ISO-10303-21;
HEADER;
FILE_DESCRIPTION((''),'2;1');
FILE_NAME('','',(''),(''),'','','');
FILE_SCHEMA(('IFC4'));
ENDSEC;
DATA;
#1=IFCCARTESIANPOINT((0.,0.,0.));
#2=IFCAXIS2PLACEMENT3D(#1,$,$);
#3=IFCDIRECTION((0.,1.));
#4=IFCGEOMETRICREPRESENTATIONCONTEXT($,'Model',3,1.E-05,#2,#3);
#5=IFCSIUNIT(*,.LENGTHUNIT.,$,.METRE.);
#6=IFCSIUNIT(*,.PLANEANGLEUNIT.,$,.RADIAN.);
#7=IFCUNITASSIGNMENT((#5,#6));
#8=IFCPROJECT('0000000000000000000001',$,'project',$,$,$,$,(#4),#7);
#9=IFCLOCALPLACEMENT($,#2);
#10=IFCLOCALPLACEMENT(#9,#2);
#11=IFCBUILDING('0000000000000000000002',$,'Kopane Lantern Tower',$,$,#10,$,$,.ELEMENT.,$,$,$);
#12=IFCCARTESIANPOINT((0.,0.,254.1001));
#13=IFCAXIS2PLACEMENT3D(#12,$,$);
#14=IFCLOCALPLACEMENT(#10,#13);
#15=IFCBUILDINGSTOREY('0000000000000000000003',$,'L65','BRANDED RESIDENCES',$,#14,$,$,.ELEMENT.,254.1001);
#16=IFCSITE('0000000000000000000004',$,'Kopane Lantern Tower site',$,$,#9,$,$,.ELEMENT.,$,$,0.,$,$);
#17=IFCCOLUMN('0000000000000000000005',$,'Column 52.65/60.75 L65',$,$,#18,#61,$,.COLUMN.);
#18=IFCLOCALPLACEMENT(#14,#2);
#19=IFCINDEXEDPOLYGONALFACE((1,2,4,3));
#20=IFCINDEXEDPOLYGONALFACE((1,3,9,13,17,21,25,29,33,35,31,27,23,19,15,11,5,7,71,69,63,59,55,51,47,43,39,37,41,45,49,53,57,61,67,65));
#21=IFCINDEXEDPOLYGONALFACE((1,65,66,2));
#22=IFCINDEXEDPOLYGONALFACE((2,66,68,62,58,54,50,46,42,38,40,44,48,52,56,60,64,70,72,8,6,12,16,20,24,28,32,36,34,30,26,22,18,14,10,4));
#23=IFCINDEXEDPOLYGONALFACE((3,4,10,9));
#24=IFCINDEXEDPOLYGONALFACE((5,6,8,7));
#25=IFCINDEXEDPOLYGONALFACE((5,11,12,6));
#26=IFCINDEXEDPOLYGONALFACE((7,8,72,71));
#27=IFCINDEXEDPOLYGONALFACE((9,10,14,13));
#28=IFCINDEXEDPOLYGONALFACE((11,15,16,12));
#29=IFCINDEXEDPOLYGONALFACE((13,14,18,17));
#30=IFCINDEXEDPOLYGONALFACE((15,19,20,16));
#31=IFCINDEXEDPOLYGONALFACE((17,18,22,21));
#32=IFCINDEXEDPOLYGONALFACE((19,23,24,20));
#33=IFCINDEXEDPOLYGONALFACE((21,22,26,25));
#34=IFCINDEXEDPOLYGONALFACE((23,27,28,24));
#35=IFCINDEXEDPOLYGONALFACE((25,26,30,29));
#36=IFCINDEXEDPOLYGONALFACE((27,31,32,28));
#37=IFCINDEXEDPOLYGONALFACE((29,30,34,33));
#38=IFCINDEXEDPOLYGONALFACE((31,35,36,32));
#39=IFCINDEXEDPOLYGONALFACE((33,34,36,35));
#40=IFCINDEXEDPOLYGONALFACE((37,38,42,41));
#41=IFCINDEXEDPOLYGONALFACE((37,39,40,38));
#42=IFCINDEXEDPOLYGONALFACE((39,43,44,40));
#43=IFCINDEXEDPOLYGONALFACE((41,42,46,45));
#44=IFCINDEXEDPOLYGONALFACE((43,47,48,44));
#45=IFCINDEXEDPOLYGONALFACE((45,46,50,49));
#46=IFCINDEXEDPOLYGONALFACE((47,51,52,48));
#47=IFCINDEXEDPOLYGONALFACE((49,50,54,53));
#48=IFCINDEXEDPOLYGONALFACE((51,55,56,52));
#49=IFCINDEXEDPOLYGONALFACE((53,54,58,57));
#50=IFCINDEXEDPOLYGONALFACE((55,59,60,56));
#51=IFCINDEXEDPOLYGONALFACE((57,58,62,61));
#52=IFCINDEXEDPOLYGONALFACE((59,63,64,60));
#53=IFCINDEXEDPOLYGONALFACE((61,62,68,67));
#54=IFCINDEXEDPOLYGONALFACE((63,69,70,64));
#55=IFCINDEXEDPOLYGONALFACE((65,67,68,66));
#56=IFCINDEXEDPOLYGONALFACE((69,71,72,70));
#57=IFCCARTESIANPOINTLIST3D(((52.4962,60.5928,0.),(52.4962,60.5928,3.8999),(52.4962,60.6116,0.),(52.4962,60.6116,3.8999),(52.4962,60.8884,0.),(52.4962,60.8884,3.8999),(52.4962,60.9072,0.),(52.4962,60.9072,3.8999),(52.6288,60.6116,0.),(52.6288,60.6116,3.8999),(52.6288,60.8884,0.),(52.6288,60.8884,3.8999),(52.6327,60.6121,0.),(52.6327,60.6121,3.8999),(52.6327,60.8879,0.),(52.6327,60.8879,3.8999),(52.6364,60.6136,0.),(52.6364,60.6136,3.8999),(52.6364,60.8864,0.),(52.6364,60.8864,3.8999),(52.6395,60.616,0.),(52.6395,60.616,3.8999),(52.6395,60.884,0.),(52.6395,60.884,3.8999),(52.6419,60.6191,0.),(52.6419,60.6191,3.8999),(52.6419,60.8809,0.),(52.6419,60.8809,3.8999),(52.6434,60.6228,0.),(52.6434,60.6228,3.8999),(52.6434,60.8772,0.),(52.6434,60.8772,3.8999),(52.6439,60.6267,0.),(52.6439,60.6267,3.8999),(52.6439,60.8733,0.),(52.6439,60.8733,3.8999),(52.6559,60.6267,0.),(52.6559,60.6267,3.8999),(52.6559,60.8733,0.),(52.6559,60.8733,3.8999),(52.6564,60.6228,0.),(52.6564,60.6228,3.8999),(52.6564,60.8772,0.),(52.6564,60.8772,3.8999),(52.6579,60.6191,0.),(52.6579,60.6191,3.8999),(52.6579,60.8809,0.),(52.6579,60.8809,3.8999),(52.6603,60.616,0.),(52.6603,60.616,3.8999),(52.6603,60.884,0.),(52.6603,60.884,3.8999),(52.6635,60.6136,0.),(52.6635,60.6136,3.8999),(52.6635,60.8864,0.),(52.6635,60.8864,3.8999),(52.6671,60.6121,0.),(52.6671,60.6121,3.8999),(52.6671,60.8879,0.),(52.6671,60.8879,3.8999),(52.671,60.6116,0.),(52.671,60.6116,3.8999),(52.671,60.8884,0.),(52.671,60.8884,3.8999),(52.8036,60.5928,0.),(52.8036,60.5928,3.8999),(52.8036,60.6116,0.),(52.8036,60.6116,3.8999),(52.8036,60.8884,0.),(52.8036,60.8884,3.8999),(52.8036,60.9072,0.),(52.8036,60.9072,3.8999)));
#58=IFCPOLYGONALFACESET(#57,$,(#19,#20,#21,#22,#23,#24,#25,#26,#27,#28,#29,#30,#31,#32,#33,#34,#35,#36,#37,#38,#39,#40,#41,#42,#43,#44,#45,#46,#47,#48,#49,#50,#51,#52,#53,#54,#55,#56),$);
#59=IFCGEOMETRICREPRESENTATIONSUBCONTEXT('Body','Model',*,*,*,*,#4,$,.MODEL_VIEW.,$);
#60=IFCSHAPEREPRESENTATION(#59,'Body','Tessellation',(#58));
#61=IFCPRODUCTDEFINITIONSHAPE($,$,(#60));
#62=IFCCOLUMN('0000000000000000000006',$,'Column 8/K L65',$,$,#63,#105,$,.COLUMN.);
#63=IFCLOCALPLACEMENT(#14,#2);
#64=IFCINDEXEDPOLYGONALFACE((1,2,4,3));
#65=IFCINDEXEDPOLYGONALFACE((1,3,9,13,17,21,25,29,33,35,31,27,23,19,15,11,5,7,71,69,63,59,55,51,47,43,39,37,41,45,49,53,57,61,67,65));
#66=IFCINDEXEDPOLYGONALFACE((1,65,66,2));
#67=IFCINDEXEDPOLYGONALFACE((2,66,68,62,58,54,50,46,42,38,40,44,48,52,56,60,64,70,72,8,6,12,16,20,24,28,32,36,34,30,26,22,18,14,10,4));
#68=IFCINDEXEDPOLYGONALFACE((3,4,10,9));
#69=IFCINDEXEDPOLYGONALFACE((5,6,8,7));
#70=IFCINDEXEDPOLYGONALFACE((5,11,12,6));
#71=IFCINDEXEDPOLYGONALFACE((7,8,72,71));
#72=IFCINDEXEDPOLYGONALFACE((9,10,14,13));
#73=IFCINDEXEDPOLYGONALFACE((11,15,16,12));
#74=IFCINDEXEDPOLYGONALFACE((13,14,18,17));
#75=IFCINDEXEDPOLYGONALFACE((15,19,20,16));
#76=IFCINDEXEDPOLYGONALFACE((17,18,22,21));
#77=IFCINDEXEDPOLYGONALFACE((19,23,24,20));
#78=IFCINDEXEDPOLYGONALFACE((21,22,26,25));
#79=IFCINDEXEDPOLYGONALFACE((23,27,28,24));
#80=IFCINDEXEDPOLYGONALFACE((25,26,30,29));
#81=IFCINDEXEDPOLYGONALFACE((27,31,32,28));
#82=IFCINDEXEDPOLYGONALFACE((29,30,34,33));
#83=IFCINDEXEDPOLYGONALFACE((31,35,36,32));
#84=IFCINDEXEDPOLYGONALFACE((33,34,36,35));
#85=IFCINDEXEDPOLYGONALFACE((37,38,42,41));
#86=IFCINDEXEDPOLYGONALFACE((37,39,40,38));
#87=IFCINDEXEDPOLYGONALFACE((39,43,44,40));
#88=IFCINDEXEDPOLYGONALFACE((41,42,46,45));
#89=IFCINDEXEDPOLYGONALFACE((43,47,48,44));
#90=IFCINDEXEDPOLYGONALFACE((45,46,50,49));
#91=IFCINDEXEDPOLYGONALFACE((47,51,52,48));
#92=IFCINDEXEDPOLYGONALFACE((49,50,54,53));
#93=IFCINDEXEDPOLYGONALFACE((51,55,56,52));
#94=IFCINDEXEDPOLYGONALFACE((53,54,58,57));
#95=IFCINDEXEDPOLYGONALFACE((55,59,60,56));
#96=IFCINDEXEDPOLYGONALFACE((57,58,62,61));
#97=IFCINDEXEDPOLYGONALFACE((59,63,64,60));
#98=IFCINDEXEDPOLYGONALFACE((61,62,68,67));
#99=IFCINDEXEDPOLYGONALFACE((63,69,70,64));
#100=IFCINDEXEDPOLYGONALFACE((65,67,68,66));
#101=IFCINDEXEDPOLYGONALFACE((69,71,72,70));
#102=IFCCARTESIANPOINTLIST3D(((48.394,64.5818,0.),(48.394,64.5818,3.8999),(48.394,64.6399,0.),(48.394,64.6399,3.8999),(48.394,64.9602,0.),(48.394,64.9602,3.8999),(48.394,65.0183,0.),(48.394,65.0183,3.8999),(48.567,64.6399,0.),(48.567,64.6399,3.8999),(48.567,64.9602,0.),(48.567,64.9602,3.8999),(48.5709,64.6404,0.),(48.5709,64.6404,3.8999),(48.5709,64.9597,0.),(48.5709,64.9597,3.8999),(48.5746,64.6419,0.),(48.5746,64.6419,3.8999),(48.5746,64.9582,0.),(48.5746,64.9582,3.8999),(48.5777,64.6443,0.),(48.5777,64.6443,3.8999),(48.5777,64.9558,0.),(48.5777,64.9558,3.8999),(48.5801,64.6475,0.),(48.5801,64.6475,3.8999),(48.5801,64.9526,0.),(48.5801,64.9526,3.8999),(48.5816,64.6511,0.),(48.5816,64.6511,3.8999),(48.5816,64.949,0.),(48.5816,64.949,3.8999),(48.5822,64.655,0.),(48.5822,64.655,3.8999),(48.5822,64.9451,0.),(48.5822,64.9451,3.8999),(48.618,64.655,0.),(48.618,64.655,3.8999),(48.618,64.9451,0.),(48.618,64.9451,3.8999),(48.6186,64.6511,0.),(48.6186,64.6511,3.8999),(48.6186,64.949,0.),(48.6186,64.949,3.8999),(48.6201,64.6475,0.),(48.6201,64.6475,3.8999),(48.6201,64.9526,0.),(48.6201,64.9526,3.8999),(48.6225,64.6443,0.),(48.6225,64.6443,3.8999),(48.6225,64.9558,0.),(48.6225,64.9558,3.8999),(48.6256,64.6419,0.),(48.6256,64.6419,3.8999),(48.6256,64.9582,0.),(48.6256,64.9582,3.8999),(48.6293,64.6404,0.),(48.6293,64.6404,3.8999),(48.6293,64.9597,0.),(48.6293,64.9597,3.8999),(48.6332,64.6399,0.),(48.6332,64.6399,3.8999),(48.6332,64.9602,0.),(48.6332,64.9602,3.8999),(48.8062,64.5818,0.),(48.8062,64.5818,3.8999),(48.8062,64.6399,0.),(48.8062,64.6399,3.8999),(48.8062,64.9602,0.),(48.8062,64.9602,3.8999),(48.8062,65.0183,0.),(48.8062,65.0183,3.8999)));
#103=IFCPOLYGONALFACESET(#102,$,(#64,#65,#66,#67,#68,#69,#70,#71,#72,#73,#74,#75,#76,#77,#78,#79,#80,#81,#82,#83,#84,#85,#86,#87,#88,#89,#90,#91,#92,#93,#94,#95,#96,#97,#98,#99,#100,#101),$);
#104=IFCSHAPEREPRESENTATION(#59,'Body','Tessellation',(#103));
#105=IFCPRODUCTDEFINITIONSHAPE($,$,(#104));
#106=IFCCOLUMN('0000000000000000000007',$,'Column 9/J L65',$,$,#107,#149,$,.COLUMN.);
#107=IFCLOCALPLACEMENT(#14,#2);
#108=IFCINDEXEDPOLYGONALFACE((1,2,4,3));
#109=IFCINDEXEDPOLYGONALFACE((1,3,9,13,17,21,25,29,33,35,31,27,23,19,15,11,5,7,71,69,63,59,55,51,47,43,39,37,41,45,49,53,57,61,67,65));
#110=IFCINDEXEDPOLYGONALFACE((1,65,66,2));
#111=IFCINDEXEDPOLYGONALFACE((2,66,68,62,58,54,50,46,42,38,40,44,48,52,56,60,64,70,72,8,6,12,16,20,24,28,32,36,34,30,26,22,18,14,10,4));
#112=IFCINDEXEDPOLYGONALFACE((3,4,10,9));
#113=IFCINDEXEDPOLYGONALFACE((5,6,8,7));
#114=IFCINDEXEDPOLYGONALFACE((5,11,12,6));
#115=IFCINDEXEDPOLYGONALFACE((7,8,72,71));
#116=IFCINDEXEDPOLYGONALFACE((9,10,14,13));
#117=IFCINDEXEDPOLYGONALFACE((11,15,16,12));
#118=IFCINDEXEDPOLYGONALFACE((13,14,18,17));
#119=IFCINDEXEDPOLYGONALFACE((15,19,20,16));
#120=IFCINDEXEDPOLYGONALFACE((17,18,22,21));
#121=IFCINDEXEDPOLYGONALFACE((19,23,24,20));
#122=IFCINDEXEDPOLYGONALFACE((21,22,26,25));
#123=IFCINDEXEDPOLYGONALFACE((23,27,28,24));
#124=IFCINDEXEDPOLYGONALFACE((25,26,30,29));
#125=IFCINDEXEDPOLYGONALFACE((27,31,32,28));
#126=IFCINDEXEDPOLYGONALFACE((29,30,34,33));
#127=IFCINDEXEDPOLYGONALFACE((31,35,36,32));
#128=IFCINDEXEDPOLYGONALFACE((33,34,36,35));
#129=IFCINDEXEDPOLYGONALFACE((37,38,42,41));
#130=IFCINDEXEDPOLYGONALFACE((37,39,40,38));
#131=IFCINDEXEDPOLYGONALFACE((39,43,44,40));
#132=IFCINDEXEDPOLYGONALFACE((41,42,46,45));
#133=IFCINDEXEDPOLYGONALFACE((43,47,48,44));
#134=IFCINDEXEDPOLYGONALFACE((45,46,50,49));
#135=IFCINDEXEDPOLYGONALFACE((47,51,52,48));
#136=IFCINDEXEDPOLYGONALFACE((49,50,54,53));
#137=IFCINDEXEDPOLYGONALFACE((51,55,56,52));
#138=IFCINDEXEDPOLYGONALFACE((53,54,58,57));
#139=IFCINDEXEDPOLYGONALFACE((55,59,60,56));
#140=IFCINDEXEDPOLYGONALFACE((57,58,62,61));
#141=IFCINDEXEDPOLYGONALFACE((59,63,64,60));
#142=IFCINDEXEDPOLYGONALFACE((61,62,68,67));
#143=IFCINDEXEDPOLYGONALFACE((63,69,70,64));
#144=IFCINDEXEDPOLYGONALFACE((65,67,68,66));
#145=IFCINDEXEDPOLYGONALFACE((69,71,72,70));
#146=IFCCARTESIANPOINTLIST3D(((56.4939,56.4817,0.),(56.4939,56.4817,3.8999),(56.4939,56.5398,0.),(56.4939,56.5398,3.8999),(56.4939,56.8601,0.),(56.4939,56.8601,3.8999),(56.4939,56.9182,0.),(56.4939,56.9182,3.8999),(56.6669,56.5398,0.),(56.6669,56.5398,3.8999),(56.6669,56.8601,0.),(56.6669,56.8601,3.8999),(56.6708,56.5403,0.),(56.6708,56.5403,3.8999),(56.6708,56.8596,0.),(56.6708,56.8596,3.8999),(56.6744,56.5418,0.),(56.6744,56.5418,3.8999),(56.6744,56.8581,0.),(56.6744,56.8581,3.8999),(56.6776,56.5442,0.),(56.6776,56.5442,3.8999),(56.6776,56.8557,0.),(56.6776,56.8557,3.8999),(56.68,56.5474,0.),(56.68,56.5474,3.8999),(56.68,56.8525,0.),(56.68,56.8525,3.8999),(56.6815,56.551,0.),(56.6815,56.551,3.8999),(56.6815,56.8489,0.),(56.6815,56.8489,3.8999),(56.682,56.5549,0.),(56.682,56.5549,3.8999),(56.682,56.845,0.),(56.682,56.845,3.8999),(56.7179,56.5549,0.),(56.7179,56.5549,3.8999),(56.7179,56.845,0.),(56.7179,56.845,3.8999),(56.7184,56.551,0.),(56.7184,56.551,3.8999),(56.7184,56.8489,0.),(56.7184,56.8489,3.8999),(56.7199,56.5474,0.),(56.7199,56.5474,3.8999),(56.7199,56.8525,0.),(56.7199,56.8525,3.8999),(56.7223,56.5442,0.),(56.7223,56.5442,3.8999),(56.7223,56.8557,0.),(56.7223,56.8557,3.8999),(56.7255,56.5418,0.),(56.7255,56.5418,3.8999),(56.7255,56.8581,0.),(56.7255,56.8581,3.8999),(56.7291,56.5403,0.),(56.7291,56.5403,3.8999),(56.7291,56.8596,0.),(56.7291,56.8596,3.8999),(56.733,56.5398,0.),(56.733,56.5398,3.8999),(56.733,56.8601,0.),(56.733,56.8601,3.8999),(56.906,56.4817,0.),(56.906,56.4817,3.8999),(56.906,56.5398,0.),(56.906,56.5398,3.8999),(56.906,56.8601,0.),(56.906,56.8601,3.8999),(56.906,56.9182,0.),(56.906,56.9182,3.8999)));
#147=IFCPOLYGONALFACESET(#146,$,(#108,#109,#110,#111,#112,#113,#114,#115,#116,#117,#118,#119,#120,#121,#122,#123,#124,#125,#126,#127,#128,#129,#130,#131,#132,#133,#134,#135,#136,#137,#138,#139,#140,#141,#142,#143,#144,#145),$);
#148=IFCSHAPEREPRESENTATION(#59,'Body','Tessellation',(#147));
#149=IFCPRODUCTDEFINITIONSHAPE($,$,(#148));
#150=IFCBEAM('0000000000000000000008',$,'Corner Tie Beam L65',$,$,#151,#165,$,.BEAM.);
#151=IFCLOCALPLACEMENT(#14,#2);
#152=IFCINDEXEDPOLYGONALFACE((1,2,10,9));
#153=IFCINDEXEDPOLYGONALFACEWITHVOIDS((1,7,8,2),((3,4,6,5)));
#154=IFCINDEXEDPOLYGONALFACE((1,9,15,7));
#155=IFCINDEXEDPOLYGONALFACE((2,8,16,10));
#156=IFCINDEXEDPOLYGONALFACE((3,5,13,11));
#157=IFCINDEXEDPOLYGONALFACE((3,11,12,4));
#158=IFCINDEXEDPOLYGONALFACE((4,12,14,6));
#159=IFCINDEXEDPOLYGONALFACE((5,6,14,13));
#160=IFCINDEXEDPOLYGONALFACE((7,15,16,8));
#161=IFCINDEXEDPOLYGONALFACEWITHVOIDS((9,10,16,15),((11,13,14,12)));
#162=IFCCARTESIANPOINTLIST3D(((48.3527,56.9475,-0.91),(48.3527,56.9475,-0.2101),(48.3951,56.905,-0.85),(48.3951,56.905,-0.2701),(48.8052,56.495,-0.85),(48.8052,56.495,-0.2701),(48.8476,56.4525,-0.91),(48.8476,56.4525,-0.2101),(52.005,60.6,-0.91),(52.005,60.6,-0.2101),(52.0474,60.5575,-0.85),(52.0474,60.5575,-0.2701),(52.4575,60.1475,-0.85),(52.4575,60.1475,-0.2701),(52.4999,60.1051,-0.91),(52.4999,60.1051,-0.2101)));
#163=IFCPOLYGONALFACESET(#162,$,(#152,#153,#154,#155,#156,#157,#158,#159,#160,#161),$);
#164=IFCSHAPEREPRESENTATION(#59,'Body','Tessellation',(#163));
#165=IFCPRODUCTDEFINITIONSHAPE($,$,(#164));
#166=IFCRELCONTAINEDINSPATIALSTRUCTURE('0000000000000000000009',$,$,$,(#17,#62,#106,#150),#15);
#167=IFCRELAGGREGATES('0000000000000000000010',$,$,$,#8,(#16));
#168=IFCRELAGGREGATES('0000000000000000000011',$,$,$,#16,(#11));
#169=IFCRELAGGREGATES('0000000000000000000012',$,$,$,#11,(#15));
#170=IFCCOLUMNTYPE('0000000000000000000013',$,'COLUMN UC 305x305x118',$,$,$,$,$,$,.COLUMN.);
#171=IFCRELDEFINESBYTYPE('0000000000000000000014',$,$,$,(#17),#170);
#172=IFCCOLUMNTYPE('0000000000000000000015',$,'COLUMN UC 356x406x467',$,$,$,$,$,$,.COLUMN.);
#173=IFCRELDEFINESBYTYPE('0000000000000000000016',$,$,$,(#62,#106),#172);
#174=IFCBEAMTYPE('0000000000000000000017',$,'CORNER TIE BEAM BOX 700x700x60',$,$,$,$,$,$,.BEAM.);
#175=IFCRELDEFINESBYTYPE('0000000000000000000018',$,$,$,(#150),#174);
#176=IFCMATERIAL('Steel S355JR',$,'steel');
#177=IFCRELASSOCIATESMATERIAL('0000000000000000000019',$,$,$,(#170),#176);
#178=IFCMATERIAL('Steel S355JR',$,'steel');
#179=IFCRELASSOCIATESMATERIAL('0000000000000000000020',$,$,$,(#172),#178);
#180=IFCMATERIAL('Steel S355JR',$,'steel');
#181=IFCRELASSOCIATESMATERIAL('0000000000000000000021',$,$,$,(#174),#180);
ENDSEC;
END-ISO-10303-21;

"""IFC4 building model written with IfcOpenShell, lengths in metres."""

from ifc_helpers import new_model, si_unit, direction, frame, origin, origin_2d, place, context, subcontext, project, spatial, hollow_rectangle, i_section, extrude, material, material_profile, profile_set, type_object, element, save


model = new_model("IFC4")

# Units and contexts
model_context = context("Model", 3, precision=1e-05, world=origin(), true_north=direction((0.0, 1.0)))
body_context = subcontext(model_context, "Body", "Model", "MODEL_VIEW")
ifc_project = project(units=[si_unit("LENGTHUNIT", "METRE"), si_unit("PLANEANGLEUNIT", "RADIAN")], contexts=[model_context])

# Site, building, storey
site_placement = place(None, origin())
site = spatial("IfcSite", under=ifc_project, at=site_placement, Name="Kopane Lantern Tower site", CompositionType="ELEMENT", RefElevation=0.0)
building_placement = place(site_placement, origin())
building = spatial("IfcBuilding", under=site, at=building_placement, Name="Kopane Lantern Tower", CompositionType="ELEMENT")
storey_placement = place(building_placement, frame((0.0, 0.0, 254.1001)))
storey = spatial("IfcBuildingStorey", under=building, at=storey_placement, Name="L65", Description="BRANDED RESIDENCES", CompositionType="ELEMENT", Elevation=254.1001)

# Columns
ifc_material_1 = material(Name="Steel S355JR", Category="steel")
ifc_material_profile_1 = material_profile(ifc_material_1, i_section(OverallWidth=0.3074, OverallDepth=0.3145, WebThickness=0.012, FlangeThickness=0.0188, FilletRadius=0.0151, at=origin_2d()), Name="UC 305x305x118")
ifc_profile_set_1 = profile_set([ifc_material_profile_1], Name="Steel S355JR")
column_type_1 = type_object("IfcColumnType", Name="COLUMN UC 305x305x118", PredefinedType="COLUMN", material=ifc_profile_set_1)
column_placement = place(storey_placement, frame((52.6499, 60.75, 0.0), z_axis=(0.0, 0.0, 1.0), x_axis=(1.0, 0.0, 0.0)))
element("IfcColumn", 1, at=column_placement, inside=storey, type_object=column_type_1, Name="Column 52.65/60.75 L65", PredefinedType="COLUMN", context=body_context, shape_type="SweptSolid", body=[
    extrude(i_section(OverallWidth=0.3074, OverallDepth=0.3145, WebThickness=0.012, FlangeThickness=0.0188, FilletRadius=0.0151, at=origin_2d()), origin(), (0.0, 0.0, 1.0), 3.8999),
])
ifc_material_2 = material(Name="Steel S355JR", Category="steel")
ifc_material_profile_2 = material_profile(ifc_material_2, i_section(OverallWidth=0.4121, OverallDepth=0.4365, WebThickness=0.0359, FlangeThickness=0.0581, FilletRadius=0.0151, at=origin_2d()), Name="UC 356x406x467")
ifc_profile_set_2 = profile_set([ifc_material_profile_2], Name="Steel S355JR")
column_type_2 = type_object("IfcColumnType", Name="COLUMN UC 356x406x467", PredefinedType="COLUMN", material=ifc_profile_set_2)
for number, where, z_axis, x_axis, name in (
    (2, (48.6001, 64.8, 0.0), (0.0, 0.0, 1.0), (1.0, 0.0, 0.0), "Column 8/K L65"),
    (3, (56.7, 56.7, 0.0), (0.0, 0.0, 1.0), (1.0, 0.0, 0.0), "Column 9/J L65"),
):
    element("IfcColumn", number, at=place(storey_placement, frame(where, z_axis=z_axis, x_axis=x_axis)), inside=storey, type_object=column_type_2, Name=name, PredefinedType="COLUMN", context=body_context, shape_type="SweptSolid", body=[
        extrude(i_section(OverallWidth=0.4121, OverallDepth=0.4365, WebThickness=0.0359, FlangeThickness=0.0581, FilletRadius=0.0151, at=origin_2d()), origin(), (0.0, 0.0, 1.0), 3.8999),
    ])

# Beam
ifc_material_3 = material(Name="Steel S355JR", Category="steel")
ifc_material_profile_3 = material_profile(ifc_material_3, hollow_rectangle(XDim=0.7, YDim=0.7, WallThickness=0.0601, at=origin_2d()), Name="BOX 700x700x60")
ifc_profile_set_3 = profile_set([ifc_material_profile_3], Name="Steel S355JR")
beam_type_1 = type_object("IfcBeamType", Name="CORNER TIE BEAM BOX 700x700x60", PredefinedType="BEAM", material=ifc_profile_set_3)
beam_1_placement = place(storey_placement, frame((52.2524, 60.3525, -0.5601), z_axis=(-0.707083, -0.70713, 0.0), x_axis=(0.70713, -0.707083, 0.0)))
element("IfcBeam", 4, at=beam_1_placement, inside=storey, type_object=beam_type_1, Name="Corner Tie Beam L65", PredefinedType="BEAM", context=body_context, shape_type="SweptSolid", body=[
    extrude(hollow_rectangle(XDim=0.7, YDim=0.7, WallThickness=0.0601, at=origin_2d()), origin(), (0.0, 0.0, 1.0), 5.1653),
])

save(model, "model.ifc")
